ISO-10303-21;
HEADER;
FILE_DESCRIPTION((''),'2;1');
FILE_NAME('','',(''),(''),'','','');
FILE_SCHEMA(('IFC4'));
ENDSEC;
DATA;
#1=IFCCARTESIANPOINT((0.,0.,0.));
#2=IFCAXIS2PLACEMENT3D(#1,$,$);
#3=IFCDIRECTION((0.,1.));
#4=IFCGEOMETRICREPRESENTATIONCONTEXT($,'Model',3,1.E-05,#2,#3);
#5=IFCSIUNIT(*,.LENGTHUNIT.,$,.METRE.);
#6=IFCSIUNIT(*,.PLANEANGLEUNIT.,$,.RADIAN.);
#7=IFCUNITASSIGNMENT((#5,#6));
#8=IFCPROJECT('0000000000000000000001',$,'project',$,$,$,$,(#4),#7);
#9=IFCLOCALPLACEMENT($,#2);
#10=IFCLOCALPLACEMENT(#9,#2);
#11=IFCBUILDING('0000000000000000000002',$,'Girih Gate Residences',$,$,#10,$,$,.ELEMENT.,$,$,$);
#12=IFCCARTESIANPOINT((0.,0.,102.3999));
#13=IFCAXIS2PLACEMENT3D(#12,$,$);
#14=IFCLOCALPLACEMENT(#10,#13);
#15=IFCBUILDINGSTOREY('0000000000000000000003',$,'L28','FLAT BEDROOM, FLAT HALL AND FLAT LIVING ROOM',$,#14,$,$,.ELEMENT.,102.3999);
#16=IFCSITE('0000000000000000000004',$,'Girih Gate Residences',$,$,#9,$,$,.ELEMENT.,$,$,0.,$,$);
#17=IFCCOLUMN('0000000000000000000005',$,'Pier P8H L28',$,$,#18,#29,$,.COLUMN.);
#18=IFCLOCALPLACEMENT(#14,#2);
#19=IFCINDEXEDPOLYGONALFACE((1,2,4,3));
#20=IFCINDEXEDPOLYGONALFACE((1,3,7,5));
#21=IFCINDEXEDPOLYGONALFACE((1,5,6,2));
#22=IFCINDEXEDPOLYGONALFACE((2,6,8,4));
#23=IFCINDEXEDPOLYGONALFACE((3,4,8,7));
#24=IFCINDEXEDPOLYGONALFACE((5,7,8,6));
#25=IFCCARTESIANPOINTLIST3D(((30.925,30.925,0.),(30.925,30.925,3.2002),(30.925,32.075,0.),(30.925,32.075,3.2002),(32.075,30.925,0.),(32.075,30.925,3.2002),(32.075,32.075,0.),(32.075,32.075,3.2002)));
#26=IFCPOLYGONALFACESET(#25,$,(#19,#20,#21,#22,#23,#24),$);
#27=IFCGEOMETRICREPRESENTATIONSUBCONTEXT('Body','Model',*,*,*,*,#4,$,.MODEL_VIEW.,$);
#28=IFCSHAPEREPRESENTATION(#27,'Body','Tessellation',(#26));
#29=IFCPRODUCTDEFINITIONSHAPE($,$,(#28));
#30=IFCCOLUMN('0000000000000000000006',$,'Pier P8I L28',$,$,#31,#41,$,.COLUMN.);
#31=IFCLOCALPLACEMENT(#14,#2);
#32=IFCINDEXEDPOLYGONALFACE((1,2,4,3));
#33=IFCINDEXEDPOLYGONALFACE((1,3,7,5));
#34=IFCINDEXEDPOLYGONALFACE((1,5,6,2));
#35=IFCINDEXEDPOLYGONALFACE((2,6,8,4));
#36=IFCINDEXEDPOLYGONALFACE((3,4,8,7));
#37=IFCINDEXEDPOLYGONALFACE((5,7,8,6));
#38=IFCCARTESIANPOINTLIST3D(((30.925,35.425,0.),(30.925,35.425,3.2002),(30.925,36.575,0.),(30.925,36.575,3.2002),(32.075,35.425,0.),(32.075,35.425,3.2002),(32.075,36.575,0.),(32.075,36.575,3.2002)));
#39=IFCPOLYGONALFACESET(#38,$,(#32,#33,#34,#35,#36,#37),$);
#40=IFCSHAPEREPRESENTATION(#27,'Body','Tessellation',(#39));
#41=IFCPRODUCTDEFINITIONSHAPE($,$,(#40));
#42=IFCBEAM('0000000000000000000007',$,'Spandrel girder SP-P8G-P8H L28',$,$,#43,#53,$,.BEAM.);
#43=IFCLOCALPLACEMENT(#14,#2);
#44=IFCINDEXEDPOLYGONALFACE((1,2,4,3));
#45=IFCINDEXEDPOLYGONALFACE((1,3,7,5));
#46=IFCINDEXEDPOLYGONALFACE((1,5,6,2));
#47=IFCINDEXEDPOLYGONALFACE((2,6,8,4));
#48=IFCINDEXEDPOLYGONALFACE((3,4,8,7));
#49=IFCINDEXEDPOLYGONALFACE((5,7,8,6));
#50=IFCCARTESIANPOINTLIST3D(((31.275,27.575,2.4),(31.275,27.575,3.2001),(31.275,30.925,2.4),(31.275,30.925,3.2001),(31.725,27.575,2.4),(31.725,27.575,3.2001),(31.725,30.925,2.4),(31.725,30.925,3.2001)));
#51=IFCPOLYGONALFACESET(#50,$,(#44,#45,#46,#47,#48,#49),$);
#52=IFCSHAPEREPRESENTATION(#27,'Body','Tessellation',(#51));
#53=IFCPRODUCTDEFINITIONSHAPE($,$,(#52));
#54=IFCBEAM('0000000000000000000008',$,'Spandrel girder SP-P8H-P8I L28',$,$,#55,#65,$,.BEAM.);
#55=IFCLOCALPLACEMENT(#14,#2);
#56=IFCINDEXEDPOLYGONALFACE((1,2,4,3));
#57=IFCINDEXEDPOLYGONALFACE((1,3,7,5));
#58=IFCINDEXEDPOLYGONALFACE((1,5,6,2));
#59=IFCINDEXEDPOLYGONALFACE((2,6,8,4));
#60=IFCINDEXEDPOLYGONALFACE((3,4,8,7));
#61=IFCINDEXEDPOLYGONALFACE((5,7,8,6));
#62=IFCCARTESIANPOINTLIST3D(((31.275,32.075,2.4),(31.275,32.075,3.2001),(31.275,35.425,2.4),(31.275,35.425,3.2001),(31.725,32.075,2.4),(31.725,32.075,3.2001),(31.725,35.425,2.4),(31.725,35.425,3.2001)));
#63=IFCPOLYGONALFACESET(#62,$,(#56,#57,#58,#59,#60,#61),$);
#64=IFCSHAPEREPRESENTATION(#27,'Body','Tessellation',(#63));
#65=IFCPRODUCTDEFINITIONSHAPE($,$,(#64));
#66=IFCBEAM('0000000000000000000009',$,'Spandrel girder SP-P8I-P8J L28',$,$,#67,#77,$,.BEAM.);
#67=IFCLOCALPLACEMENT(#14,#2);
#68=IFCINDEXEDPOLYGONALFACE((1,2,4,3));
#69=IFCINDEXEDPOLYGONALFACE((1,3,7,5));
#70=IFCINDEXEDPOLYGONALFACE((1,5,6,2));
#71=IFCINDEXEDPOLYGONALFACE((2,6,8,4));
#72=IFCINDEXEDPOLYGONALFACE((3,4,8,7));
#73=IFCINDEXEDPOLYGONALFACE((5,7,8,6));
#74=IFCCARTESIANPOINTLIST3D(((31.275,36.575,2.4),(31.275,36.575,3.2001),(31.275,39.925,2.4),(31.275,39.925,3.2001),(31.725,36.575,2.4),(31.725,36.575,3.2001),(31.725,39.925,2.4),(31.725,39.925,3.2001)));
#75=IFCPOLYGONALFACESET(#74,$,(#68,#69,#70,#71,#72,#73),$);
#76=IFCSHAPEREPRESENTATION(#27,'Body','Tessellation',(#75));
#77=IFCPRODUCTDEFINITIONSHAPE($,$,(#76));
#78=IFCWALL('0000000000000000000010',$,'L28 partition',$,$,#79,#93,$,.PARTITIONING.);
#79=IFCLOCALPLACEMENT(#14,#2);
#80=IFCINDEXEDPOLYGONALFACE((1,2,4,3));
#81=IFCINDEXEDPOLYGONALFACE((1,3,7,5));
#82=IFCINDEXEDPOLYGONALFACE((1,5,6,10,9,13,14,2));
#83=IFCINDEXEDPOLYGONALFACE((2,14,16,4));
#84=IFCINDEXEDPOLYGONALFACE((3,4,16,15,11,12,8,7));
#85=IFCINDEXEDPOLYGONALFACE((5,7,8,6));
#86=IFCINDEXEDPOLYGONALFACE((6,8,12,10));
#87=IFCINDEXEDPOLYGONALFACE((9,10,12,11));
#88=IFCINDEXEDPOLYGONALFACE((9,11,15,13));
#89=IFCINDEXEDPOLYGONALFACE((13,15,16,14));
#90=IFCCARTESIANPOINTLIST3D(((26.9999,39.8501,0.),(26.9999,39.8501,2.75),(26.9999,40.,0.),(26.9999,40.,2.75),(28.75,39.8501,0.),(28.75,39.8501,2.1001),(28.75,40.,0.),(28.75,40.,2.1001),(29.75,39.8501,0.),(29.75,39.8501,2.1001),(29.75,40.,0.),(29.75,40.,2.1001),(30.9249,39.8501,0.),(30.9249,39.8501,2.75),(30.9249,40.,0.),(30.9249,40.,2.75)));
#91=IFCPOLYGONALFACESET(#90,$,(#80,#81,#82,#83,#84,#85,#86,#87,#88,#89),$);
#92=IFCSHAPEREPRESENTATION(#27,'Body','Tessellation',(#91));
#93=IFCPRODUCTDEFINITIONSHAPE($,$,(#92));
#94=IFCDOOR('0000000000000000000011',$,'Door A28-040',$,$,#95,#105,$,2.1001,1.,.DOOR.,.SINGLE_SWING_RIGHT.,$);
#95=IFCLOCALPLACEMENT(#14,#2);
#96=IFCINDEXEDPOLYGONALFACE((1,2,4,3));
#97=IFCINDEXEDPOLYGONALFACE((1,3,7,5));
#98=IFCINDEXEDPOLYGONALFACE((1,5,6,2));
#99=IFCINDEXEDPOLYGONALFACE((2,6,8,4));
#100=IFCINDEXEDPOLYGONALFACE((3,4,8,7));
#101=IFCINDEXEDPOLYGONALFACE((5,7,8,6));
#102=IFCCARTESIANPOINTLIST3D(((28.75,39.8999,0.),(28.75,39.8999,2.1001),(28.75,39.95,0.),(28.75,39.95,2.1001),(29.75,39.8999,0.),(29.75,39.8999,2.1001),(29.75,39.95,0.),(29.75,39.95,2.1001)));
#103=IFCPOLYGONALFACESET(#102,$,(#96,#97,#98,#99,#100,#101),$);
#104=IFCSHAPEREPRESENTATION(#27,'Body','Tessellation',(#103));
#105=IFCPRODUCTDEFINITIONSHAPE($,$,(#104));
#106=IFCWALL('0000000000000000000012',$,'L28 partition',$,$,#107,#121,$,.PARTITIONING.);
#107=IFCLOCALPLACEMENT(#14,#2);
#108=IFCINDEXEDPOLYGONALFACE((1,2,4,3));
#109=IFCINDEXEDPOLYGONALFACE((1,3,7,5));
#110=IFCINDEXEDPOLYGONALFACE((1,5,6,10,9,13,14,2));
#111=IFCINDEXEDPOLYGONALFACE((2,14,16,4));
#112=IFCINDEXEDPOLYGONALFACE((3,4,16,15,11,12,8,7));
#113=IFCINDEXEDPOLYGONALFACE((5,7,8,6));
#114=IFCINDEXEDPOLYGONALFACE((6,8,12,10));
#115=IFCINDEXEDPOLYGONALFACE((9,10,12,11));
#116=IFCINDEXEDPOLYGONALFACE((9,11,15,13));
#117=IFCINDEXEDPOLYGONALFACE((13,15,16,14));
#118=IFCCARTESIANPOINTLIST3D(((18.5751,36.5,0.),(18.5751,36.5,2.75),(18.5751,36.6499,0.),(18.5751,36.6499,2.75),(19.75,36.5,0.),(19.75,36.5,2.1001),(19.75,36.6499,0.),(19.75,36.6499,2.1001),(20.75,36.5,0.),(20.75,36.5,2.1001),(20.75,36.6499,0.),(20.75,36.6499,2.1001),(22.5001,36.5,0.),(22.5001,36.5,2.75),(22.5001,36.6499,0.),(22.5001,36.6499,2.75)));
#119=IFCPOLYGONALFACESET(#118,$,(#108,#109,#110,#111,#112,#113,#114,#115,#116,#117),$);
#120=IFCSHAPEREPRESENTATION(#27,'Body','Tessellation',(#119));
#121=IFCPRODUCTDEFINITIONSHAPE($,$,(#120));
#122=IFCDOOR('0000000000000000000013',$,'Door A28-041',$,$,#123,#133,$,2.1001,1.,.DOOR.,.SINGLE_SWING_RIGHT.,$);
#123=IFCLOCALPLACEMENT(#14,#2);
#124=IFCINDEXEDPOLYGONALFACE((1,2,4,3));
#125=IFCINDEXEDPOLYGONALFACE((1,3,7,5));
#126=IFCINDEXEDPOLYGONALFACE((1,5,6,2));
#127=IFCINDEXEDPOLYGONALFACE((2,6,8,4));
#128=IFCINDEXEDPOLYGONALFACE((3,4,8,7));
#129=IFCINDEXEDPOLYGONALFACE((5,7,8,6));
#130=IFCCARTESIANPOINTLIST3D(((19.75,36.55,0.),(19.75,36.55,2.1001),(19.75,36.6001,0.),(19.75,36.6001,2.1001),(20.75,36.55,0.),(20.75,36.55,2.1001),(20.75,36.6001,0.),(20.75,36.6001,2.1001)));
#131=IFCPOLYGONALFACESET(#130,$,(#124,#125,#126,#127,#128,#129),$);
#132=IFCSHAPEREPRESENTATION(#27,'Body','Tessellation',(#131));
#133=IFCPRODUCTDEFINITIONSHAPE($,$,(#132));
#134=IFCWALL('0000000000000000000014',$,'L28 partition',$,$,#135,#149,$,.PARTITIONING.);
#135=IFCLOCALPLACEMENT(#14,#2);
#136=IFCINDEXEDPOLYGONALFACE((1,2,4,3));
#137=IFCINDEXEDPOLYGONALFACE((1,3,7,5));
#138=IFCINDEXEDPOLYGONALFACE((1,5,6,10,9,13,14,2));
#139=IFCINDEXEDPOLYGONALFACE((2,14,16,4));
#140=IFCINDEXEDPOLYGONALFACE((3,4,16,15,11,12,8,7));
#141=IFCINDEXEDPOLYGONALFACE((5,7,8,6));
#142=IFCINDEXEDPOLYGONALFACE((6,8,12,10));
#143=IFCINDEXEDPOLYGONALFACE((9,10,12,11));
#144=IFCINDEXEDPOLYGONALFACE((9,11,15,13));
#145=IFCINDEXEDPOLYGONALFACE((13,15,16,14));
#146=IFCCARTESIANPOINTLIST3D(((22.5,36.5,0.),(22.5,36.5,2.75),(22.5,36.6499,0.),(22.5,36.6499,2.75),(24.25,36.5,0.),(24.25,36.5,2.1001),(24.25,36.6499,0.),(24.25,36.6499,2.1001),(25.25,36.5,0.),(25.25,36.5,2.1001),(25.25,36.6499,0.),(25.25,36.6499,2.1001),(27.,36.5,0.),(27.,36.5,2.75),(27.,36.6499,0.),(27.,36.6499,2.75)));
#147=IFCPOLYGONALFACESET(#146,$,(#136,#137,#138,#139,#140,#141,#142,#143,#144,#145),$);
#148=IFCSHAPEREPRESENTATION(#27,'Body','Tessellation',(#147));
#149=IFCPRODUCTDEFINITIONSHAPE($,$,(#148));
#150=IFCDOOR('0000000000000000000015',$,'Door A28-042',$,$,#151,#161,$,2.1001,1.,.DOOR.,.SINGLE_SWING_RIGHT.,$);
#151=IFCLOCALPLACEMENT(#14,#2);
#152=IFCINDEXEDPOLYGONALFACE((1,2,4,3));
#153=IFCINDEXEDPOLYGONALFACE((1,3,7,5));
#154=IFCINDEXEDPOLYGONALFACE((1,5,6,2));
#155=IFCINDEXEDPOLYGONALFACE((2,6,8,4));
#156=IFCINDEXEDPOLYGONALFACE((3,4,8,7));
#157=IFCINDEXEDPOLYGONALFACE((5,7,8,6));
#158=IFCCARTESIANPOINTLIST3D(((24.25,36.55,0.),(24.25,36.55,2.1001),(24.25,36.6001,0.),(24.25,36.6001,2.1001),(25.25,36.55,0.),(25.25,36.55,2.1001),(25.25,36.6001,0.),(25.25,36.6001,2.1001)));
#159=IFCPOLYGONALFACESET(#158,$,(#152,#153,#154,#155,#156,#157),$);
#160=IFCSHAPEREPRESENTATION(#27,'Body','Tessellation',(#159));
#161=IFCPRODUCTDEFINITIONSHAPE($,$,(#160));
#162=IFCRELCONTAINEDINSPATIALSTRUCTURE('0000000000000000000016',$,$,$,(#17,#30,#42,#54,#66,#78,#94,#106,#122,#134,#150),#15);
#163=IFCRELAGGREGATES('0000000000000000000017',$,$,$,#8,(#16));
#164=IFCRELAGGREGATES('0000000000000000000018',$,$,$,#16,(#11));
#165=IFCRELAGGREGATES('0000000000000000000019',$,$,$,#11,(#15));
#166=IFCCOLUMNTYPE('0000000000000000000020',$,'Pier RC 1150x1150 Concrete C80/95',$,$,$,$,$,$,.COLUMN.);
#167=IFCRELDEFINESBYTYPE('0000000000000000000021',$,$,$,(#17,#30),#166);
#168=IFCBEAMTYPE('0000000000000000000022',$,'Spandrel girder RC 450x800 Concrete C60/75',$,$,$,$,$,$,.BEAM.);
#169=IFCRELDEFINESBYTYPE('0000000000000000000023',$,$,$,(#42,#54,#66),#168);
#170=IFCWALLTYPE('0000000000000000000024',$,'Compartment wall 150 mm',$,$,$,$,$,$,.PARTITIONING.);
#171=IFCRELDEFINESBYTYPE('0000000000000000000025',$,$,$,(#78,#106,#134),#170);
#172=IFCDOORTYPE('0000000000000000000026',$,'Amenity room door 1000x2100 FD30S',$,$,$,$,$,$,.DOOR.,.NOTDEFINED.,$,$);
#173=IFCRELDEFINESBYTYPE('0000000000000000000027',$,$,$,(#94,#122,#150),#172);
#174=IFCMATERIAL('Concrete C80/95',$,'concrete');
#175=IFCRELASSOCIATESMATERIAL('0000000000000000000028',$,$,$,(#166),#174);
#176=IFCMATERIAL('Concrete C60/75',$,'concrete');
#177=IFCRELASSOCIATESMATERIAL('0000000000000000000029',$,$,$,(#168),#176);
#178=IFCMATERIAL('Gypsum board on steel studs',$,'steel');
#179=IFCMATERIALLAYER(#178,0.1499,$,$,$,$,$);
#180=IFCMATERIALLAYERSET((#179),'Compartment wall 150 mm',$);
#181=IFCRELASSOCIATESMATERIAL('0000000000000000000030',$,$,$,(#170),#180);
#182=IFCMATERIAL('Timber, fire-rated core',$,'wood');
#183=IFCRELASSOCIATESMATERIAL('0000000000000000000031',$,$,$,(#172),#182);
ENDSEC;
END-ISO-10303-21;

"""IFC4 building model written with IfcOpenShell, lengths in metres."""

from ifc_helpers import new_model, si_unit, direction, frame, frame_2d, origin, origin_2d, place, context, subcontext, project, spatial, rectangle, extrude, material, layer, layer_set, material_profile, profile_set, type_object, element, fill, save


model = new_model("IFC4")

# Units and contexts
model_context = context("Model", 3, precision=1e-05, world=origin(), true_north=direction((0.0, 1.0)))
body_context = subcontext(model_context, "Body", "Model", "MODEL_VIEW")
ifc_project = project(units=[si_unit("LENGTHUNIT", "METRE"), si_unit("PLANEANGLEUNIT", "RADIAN")], contexts=[model_context])

# Site, building, storey
site_placement = place(None, origin())
site = spatial("IfcSite", under=ifc_project, at=site_placement, Name="Girih Gate Residences", CompositionType="ELEMENT", RefElevation=0.0)
building_placement = place(site_placement, origin())
building = spatial("IfcBuilding", under=site, at=building_placement, Name="Girih Gate Residences", CompositionType="ELEMENT")
storey_placement = place(building_placement, frame((0.0, 0.0, 102.3999)))
storey = spatial("IfcBuildingStorey", under=building, at=storey_placement, Name="L28", Description="FLAT BEDROOM, FLAT HALL AND FLAT LIVING ROOM", CompositionType="ELEMENT", Elevation=102.3999)

# Columns
ifc_material_1 = material(Name="Concrete C80/95", Category="concrete")
ifc_material_profile_1 = material_profile(ifc_material_1, rectangle(XDim=1.1499, YDim=1.1499, at=origin_2d()))
ifc_profile_set_1 = profile_set([ifc_material_profile_1], Name="Concrete C80/95")
column_type = type_object("IfcColumnType", Name="Pier RC 1150x1150 Concrete C80/95", PredefinedType="COLUMN", material=ifc_profile_set_1)
for number, where, z_axis, x_axis, name in (
    (1, (31.5, 31.5, 0.0), (0.0, 0.0, 1.0), (1.0, 0.0, 0.0), "Pier P8H L28"),
    (2, (31.5, 36.0, 0.0), (0.0, 0.0, 1.0), (1.0, 0.0, 0.0), "Pier P8I L28"),
):
    element("IfcColumn", number, at=place(storey_placement, frame(where, z_axis=z_axis, x_axis=x_axis)), inside=storey, type_object=column_type, Name=name, PredefinedType="COLUMN", context=body_context, shape_type="SweptSolid", body=[
        extrude(rectangle(XDim=1.1499, YDim=1.1499, at=origin_2d()), origin(), (0.0, 0.0, 1.0), 3.2002),
    ])

# Beams
ifc_material_2 = material(Name="Concrete C60/75", Category="concrete")
ifc_material_profile_2 = material_profile(ifc_material_2, rectangle(XDim=0.45, YDim=0.8, at=origin_2d()))
ifc_profile_set_2 = profile_set([ifc_material_profile_2], Name="Concrete C60/75")
beam_type = type_object("IfcBeamType", Name="Spandrel girder RC 450x800 Concrete C60/75", PredefinedType="BEAM", material=ifc_profile_set_2)
for number, where, z_axis, x_axis, name in (
    (3, (31.5, 27.575, 2.8), (0.0, 1.0, 0.0), (-1.0, 0.0, 0.0), "Spandrel girder SP-P8G-P8H L28"),
    (4, (31.5, 32.075, 2.8), (0.0, 1.0, 0.0), (-1.0, 0.0, 0.0), "Spandrel girder SP-P8H-P8I L28"),
    (5, (31.5, 36.575, 2.8), (0.0, 1.0, 0.0), (-1.0, 0.0, 0.0), "Spandrel girder SP-P8I-P8J L28"),
):
    element("IfcBeam", number, at=place(storey_placement, frame(where, z_axis=z_axis, x_axis=x_axis)), inside=storey, type_object=beam_type, Name=name, PredefinedType="BEAM", context=body_context, shape_type="SweptSolid", body=[
        extrude(rectangle(XDim=0.45, YDim=0.8, at=origin_2d()), origin(), (0.0, 0.0, 1.0), 3.3501),
    ])

# Walls, openings, doors
ifc_material_3 = material(Name="Gypsum board on steel studs", Category="steel")
ifc_layer_1 = layer(ifc_material_3, 0.1499)
ifc_layer_set_1 = layer_set([ifc_layer_1], Name="Compartment wall 150 mm")
wall_type_1 = type_object("IfcWallType", Name="Compartment wall 150 mm", PredefinedType="PARTITIONING", material=ifc_layer_set_1)
wall_1_placement = place(storey_placement, frame((27.0, 39.925, 0.0), z_axis=(0.0, 0.0, 1.0), x_axis=(1.0, 0.0, 0.0)))
wall_1 = element("IfcWall", 6, at=wall_1_placement, inside=storey, type_object=wall_type_1, Name="L28 partition", PredefinedType="PARTITIONING", context=body_context, shape_type="SweptSolid", body=[
    extrude(rectangle(XDim=3.925, YDim=0.1499, at=frame_2d((1.9624, 0.0))), origin(), (0.0, 0.0, 1.0), 2.75),
])
opening_1_placement = place(wall_1_placement, frame((1.75, 0.0, 0.0)))
opening_1 = element("IfcOpeningElement", 7, at=opening_1_placement, cuts=wall_1, PredefinedType="OPENING", context=body_context, shape_type="SweptSolid", body=[
    extrude(rectangle(XDim=1.0, YDim=2.1001, at=frame_2d((0.5, 1.05))), frame((0.0, 0.085, 0.0), z_axis=(0.0, -1.0, 0.0), x_axis=(1.0, 0.0, 0.0)), (0.0, 0.0, 1.0), 0.1699),
])
ifc_material_4 = material(Name="Timber, fire-rated core", Category="wood")
door_type = type_object("IfcDoorType", Name="Amenity room door 1000x2100 FD30S", OperationType="NOTDEFINED", PredefinedType="DOOR", material=ifc_material_4)
door_1_placement = place(opening_1_placement, origin())
door_1 = element("IfcDoor", 8, at=door_1_placement, inside=storey, type_object=door_type, Name="Door A28-040", OperationType="SINGLE_SWING_RIGHT", OverallHeight=2.1001, OverallWidth=1.0, PredefinedType="DOOR", context=body_context, shape_type="SweptSolid", body=[
    extrude(rectangle(XDim=1.0, YDim=2.1001, at=frame_2d((0.5, 1.05))), frame((0.0, 0.0249, 0.0), z_axis=(0.0, -1.0, 0.0), x_axis=(1.0, 0.0, 0.0)), (0.0, 0.0, 1.0), 0.05),
])
fill(opening_1, door_1)
wall_2_placement = place(storey_placement, frame((22.5, 36.575, 0.0), z_axis=(0.0, 0.0, 1.0), x_axis=(-1.0, 0.0, 0.0)))
wall_2 = element("IfcWall", 9, at=wall_2_placement, inside=storey, type_object=wall_type_1, Name="L28 partition", PredefinedType="PARTITIONING", context=body_context, shape_type="SweptSolid", body=[
    extrude(rectangle(XDim=3.925, YDim=0.1499, at=frame_2d((1.9624, 0.0))), origin(), (0.0, 0.0, 1.0), 2.75),
])
opening_2_placement = place(wall_2_placement, frame((1.75, 0.0, 0.0)))
opening_2 = element("IfcOpeningElement", 10, at=opening_2_placement, cuts=wall_2, PredefinedType="OPENING", context=body_context, shape_type="SweptSolid", body=[
    extrude(rectangle(XDim=1.0, YDim=2.1001, at=frame_2d((0.5, 1.05))), frame((0.0, 0.085, 0.0), z_axis=(0.0, -1.0, 0.0), x_axis=(1.0, 0.0, 0.0)), (0.0, 0.0, 1.0), 0.1699),
])
door_2_placement = place(opening_2_placement, origin())
door_2 = element("IfcDoor", 11, at=door_2_placement, inside=storey, type_object=door_type, Name="Door A28-041", OperationType="SINGLE_SWING_RIGHT", OverallHeight=2.1001, OverallWidth=1.0, PredefinedType="DOOR", context=body_context, shape_type="SweptSolid", body=[
    extrude(rectangle(XDim=1.0, YDim=2.1001, at=frame_2d((0.5, 1.05))), frame((0.0, 0.0249, 0.0), z_axis=(0.0, -1.0, 0.0), x_axis=(1.0, 0.0, 0.0)), (0.0, 0.0, 1.0), 0.05),
])
fill(opening_2, door_2)
wall_3_placement = place(storey_placement, frame((27.0, 36.575, 0.0), z_axis=(0.0, 0.0, 1.0), x_axis=(-1.0, 0.0, 0.0)))
wall_3 = element("IfcWall", 12, at=wall_3_placement, inside=storey, type_object=wall_type_1, Name="L28 partition", PredefinedType="PARTITIONING", context=body_context, shape_type="SweptSolid", body=[
    extrude(rectangle(XDim=4.5, YDim=0.1499, at=frame_2d((2.25, 0.0))), origin(), (0.0, 0.0, 1.0), 2.75),
])
opening_3_placement = place(wall_3_placement, frame((1.75, 0.0, 0.0)))
opening_3 = element("IfcOpeningElement", 13, at=opening_3_placement, cuts=wall_3, PredefinedType="OPENING", context=body_context, shape_type="SweptSolid", body=[
    extrude(rectangle(XDim=1.0, YDim=2.1001, at=frame_2d((0.5, 1.05))), frame((0.0, 0.085, 0.0), z_axis=(0.0, -1.0, 0.0), x_axis=(1.0, 0.0, 0.0)), (0.0, 0.0, 1.0), 0.1699),
])
door_3_placement = place(opening_3_placement, origin())
door_3 = element("IfcDoor", 14, at=door_3_placement, inside=storey, type_object=door_type, Name="Door A28-042", OperationType="SINGLE_SWING_RIGHT", OverallHeight=2.1001, OverallWidth=1.0, PredefinedType="DOOR", context=body_context, shape_type="SweptSolid", body=[
    extrude(rectangle(XDim=1.0, YDim=2.1001, at=frame_2d((0.5, 1.05))), frame((0.0, 0.0249, 0.0), z_axis=(0.0, -1.0, 0.0), x_axis=(1.0, 0.0, 0.0)), (0.0, 0.0, 1.0), 0.05),
])
fill(opening_3, door_3)

save(model, "model.ifc")
